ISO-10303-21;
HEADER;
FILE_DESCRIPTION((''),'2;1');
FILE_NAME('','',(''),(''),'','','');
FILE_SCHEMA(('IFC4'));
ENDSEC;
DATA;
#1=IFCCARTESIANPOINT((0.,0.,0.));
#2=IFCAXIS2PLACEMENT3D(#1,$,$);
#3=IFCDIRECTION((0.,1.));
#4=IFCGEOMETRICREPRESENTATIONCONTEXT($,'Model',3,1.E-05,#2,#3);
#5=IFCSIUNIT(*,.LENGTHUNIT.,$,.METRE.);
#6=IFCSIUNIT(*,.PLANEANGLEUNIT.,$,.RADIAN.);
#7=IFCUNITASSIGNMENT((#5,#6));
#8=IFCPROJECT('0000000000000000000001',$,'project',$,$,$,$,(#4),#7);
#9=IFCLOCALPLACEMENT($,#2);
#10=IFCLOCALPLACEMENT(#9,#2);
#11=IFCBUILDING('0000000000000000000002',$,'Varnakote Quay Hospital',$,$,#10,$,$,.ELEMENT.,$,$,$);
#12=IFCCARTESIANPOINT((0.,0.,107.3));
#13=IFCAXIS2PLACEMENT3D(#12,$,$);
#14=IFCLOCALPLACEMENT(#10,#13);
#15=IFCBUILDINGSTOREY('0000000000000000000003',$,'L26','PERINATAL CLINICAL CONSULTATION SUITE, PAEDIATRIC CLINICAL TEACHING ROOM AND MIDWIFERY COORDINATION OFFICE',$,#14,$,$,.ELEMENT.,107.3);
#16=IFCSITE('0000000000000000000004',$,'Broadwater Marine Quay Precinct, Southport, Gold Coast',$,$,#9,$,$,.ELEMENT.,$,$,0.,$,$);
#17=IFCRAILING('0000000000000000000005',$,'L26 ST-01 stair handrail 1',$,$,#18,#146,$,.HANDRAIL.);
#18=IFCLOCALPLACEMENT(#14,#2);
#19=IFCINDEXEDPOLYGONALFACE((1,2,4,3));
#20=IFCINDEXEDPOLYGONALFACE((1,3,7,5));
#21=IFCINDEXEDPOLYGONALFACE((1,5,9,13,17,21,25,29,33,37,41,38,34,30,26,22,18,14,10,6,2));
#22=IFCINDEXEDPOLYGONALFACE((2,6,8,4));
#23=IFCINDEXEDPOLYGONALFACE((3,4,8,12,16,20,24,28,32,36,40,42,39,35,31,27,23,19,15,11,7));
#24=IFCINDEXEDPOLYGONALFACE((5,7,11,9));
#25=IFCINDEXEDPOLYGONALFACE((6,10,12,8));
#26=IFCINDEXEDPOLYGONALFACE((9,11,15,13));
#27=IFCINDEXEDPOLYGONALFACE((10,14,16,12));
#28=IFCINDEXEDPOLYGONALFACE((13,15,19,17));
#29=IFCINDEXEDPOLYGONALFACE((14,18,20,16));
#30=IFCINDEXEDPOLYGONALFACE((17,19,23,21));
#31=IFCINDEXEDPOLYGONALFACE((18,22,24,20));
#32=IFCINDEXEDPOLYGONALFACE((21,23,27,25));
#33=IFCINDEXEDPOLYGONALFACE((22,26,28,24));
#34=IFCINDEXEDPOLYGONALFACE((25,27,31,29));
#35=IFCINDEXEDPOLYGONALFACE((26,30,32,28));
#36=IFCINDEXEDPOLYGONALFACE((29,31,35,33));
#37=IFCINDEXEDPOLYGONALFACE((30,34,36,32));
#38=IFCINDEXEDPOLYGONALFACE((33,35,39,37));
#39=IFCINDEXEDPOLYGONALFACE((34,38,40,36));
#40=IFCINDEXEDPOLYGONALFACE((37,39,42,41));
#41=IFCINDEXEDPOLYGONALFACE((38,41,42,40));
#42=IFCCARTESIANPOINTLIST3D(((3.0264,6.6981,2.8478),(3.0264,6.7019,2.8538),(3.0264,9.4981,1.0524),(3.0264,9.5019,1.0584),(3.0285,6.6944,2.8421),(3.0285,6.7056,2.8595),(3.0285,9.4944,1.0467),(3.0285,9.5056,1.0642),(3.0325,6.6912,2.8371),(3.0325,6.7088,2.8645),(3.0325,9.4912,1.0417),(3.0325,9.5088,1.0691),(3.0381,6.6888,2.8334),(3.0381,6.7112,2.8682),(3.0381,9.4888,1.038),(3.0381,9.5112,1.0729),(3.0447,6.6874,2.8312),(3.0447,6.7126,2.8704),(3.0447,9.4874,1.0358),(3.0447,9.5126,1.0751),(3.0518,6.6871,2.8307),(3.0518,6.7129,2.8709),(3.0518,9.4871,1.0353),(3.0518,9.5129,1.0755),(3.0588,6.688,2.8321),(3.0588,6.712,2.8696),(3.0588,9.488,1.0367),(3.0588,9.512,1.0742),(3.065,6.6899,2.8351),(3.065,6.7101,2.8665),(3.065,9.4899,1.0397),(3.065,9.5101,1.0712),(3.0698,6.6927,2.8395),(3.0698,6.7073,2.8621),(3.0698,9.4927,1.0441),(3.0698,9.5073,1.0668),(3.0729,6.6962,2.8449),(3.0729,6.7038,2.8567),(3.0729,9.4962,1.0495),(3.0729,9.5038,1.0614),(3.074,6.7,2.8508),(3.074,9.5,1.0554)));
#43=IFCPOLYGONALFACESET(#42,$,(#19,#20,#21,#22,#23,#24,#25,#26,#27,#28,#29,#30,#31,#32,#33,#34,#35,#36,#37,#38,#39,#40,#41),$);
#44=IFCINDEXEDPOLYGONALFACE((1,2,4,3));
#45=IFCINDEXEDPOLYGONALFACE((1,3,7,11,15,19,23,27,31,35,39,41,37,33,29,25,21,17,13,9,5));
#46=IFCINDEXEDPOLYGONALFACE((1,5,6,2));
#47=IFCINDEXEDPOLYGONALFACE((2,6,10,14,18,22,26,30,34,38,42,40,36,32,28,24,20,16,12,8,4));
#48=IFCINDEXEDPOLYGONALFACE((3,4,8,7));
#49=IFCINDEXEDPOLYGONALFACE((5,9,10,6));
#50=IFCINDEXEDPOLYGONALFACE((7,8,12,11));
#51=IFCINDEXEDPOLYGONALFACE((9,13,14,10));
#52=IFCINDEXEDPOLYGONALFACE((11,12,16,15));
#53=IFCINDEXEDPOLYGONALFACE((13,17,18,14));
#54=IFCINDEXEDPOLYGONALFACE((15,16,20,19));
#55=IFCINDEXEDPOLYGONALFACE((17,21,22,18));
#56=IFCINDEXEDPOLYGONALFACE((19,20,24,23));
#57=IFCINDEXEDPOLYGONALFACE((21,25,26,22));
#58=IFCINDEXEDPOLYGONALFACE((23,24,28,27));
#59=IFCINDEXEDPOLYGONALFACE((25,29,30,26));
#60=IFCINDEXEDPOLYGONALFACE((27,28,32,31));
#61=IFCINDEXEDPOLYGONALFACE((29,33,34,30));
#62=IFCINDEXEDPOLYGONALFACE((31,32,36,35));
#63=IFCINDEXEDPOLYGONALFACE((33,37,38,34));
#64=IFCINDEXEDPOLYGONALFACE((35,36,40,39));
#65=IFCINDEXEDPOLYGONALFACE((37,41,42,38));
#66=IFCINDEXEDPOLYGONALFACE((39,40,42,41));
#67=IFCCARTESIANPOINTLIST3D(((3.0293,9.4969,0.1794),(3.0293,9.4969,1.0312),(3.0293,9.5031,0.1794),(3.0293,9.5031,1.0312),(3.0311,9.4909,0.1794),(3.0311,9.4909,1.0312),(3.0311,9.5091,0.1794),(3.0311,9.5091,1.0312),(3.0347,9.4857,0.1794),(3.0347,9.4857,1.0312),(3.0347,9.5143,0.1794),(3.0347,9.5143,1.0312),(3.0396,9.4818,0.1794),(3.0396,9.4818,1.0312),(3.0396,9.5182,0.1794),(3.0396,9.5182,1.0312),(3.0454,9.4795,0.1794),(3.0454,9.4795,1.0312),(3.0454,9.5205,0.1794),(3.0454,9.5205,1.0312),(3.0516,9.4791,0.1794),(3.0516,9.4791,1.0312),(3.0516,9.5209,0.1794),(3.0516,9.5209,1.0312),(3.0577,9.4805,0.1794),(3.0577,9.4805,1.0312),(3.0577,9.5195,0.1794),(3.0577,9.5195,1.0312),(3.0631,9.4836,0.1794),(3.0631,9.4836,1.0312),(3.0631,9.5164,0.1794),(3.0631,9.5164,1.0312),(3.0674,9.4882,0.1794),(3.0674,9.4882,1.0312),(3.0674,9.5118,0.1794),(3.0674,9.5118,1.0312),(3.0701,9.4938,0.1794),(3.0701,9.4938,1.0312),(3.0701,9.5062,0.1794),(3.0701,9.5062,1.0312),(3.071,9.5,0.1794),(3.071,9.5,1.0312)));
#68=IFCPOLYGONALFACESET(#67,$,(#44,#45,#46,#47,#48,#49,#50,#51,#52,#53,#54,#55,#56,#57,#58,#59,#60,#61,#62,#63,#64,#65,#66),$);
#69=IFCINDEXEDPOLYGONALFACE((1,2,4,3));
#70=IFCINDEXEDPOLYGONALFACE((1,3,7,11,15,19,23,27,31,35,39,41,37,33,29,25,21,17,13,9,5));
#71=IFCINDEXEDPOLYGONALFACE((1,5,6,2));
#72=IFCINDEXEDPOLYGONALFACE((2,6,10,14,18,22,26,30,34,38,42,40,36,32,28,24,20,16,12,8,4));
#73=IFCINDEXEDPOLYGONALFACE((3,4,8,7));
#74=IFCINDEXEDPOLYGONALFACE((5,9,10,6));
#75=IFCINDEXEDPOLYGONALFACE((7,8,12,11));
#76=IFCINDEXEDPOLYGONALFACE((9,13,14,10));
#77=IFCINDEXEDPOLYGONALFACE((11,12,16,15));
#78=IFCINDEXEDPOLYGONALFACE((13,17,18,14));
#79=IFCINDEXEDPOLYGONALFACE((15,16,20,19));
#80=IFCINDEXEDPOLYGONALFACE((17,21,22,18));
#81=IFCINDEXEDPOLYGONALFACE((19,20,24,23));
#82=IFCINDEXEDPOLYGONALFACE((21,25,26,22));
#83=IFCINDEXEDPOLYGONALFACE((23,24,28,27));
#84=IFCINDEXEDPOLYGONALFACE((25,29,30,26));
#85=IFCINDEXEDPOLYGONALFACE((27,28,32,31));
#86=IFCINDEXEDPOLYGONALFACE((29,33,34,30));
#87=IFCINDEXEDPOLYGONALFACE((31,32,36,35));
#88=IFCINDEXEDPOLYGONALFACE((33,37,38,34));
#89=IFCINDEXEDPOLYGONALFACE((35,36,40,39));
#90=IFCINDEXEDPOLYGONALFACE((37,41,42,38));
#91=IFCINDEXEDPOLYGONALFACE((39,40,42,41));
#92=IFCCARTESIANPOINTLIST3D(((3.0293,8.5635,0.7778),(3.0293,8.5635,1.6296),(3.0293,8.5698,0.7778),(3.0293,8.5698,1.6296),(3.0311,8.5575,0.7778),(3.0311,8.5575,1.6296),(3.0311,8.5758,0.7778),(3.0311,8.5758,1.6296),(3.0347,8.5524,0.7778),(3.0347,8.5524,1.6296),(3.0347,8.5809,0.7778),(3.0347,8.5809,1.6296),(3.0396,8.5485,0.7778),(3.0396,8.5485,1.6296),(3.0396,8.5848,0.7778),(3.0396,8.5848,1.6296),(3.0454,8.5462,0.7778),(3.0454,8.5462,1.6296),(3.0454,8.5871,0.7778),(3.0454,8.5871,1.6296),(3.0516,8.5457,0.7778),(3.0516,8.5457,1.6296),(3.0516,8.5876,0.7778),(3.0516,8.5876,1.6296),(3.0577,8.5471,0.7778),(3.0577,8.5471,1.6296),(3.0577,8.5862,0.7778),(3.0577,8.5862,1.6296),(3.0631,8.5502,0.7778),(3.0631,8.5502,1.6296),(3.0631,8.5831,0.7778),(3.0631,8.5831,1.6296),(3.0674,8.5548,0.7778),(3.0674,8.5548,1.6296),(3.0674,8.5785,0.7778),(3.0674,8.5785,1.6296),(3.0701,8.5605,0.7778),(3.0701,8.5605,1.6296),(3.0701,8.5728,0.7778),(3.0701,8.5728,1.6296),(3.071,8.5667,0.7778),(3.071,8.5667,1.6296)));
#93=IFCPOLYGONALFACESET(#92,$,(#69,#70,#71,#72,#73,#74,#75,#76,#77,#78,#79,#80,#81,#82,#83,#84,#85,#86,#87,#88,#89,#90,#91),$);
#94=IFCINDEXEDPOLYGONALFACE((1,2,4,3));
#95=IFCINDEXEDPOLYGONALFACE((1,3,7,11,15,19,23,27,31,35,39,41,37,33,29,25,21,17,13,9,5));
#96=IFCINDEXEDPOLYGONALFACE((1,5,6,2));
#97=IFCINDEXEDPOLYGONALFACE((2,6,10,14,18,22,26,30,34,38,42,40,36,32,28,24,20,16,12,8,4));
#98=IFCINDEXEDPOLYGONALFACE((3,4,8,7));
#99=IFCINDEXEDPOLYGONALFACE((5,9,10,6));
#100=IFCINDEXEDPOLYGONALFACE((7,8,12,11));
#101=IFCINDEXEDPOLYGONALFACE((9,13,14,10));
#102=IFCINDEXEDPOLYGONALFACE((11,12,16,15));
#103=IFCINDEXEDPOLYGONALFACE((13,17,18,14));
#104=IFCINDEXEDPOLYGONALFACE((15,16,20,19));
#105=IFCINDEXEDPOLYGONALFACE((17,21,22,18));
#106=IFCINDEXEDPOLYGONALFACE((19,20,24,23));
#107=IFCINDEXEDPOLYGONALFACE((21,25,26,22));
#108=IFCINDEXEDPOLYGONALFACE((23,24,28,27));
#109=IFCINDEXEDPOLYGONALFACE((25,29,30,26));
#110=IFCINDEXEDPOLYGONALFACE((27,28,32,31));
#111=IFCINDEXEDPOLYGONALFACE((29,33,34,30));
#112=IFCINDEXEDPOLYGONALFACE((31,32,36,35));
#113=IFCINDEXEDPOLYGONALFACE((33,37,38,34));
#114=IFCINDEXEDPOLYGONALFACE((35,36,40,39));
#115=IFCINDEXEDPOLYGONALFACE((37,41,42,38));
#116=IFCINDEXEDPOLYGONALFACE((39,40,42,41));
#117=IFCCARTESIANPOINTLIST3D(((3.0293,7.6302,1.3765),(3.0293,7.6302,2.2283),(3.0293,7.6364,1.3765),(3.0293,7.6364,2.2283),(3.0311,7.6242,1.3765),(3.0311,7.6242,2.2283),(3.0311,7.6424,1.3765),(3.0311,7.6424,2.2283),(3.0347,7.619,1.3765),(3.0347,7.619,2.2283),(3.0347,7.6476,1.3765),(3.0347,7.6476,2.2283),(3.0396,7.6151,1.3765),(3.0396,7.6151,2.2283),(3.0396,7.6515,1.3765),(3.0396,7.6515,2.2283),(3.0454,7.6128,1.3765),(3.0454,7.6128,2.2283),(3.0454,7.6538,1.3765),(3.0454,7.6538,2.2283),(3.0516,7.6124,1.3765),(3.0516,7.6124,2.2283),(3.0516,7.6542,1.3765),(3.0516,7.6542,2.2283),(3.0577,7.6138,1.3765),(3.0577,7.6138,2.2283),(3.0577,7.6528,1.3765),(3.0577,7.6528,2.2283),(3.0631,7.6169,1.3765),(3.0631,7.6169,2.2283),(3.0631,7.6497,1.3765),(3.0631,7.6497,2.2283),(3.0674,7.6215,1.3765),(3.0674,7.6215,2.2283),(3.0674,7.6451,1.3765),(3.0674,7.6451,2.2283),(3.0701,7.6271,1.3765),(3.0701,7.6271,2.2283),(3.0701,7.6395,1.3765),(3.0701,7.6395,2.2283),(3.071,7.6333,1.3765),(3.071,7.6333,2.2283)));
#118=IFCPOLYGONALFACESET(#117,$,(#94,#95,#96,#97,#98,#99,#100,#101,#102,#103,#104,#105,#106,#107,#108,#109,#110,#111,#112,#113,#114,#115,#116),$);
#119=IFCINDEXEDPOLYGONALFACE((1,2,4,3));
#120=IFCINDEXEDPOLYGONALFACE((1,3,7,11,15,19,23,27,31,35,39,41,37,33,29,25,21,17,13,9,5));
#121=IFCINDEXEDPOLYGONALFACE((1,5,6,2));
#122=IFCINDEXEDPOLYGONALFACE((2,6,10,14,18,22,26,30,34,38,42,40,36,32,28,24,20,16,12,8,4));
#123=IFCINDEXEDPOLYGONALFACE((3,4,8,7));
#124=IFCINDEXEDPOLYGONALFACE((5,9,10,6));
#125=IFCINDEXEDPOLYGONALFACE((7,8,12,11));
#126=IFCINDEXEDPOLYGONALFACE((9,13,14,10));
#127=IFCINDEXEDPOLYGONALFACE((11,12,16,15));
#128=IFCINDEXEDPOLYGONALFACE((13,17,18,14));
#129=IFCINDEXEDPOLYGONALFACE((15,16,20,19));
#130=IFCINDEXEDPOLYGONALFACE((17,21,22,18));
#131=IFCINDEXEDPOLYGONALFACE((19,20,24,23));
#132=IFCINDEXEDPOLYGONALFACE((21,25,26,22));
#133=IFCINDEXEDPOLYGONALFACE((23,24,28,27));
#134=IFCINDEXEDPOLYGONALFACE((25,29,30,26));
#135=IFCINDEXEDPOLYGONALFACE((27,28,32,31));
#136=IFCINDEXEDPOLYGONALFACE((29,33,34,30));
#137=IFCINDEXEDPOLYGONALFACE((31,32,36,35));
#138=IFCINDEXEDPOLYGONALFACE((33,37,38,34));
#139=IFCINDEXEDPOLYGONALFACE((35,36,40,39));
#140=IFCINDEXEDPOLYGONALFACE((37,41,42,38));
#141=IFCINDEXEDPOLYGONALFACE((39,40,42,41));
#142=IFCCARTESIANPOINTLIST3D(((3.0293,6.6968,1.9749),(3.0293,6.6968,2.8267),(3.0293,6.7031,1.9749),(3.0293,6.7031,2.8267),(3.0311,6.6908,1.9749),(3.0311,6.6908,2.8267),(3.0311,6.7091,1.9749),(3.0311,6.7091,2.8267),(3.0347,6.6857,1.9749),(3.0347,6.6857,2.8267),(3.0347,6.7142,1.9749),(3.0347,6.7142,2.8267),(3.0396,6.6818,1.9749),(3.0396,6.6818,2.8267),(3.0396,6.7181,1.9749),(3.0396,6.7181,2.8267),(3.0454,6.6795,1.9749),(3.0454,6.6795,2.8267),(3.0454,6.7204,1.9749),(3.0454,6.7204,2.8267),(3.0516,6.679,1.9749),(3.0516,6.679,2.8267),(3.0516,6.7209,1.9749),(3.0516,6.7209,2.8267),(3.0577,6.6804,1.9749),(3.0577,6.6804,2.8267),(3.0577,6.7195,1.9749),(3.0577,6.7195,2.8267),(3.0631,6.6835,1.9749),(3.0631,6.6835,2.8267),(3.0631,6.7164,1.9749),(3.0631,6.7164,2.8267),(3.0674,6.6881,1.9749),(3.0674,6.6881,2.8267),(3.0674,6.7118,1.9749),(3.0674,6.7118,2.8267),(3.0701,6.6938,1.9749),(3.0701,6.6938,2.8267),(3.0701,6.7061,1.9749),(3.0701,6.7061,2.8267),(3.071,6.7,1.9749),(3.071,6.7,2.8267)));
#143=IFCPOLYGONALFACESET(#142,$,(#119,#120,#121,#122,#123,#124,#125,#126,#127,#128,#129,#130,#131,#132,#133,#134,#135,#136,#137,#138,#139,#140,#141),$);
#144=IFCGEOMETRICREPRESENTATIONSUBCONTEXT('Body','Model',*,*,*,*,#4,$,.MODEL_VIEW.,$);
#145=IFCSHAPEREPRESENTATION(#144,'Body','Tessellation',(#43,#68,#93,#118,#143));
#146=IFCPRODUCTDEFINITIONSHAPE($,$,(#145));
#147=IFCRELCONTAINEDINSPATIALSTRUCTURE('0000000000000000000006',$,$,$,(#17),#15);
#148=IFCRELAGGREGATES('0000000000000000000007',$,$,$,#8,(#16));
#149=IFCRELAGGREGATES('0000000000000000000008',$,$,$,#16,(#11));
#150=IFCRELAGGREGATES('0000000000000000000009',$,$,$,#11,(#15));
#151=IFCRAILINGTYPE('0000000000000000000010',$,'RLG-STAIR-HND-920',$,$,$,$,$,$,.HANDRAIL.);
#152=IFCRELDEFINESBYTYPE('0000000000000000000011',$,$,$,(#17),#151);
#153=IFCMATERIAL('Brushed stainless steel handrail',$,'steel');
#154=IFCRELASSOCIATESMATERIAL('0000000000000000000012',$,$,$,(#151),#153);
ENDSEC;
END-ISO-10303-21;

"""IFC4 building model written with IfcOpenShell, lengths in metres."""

from ifc_helpers import new_model, si_unit, direction, frame, origin, origin_2d, place, context, subcontext, project, spatial, circle, extrude, material, type_object, element, save


model = new_model("IFC4")

# Units and contexts
model_context = context("Model", 3, precision=1e-05, world=origin(), true_north=direction((0.0, 1.0)))
body_context = subcontext(model_context, "Body", "Model", "MODEL_VIEW")
ifc_project = project(units=[si_unit("LENGTHUNIT", "METRE"), si_unit("PLANEANGLEUNIT", "RADIAN")], contexts=[model_context])

# Site, building, storey
site_placement = place(None, origin())
site = spatial("IfcSite", under=ifc_project, at=site_placement, Name="Broadwater Marine Quay Precinct, Southport, Gold Coast", CompositionType="ELEMENT", RefElevation=0.0)
building_placement = place(site_placement, origin())
building = spatial("IfcBuilding", under=site, at=building_placement, Name="Varnakote Quay Hospital", CompositionType="ELEMENT")
storey_placement = place(building_placement, frame((0.0, 0.0, 107.3)))
storey = spatial("IfcBuildingStorey", under=building, at=storey_placement, Name="L26", Description="PERINATAL CLINICAL CONSULTATION SUITE, PAEDIATRIC CLINICAL TEACHING ROOM AND MIDWIFERY COORDINATION OFFICE", CompositionType="ELEMENT", Elevation=107.3)

# Railing
ifc_material_1 = material(Name="Brushed stainless steel handrail", Category="steel")
railing_type = type_object("IfcRailingType", Name="RLG-STAIR-HND-920", PredefinedType="HANDRAIL", material=ifc_material_1)
railing_placement = place(storey_placement, frame((3.05, 9.5, 0.1794)))
element("IfcRailing", 1, at=railing_placement, inside=storey, type_object=railing_type, Name="L26 ST-01 stair handrail 1", PredefinedType="HANDRAIL", context=body_context, shape_type="SweptSolid", body=[
    extrude(circle(Radius=0.0239, at=origin_2d()), frame((0.0, 0.0, 0.876), z_axis=(0.0, -0.84181, 0.539774), x_axis=(1.0, 0.0, 0.0)), (0.0, 0.0, 1.0), 3.3262),
    extrude(circle(Radius=0.021, at=origin_2d()), origin(), (0.0, 0.0, 1.0), 0.8518),
    extrude(circle(Radius=0.021, at=origin_2d()), frame((0.0, -0.9333, 0.5984)), (0.0, 0.0, 1.0), 0.8518),
    extrude(circle(Radius=0.021, at=origin_2d()), frame((0.0, -1.8667, 1.197)), (0.0, 0.0, 1.0), 0.8518),
    extrude(circle(Radius=0.021, at=origin_2d()), frame((0.0, -2.8, 1.7954)), (0.0, 0.0, 1.0), 0.8518),
])

save(model, "model.ifc")
